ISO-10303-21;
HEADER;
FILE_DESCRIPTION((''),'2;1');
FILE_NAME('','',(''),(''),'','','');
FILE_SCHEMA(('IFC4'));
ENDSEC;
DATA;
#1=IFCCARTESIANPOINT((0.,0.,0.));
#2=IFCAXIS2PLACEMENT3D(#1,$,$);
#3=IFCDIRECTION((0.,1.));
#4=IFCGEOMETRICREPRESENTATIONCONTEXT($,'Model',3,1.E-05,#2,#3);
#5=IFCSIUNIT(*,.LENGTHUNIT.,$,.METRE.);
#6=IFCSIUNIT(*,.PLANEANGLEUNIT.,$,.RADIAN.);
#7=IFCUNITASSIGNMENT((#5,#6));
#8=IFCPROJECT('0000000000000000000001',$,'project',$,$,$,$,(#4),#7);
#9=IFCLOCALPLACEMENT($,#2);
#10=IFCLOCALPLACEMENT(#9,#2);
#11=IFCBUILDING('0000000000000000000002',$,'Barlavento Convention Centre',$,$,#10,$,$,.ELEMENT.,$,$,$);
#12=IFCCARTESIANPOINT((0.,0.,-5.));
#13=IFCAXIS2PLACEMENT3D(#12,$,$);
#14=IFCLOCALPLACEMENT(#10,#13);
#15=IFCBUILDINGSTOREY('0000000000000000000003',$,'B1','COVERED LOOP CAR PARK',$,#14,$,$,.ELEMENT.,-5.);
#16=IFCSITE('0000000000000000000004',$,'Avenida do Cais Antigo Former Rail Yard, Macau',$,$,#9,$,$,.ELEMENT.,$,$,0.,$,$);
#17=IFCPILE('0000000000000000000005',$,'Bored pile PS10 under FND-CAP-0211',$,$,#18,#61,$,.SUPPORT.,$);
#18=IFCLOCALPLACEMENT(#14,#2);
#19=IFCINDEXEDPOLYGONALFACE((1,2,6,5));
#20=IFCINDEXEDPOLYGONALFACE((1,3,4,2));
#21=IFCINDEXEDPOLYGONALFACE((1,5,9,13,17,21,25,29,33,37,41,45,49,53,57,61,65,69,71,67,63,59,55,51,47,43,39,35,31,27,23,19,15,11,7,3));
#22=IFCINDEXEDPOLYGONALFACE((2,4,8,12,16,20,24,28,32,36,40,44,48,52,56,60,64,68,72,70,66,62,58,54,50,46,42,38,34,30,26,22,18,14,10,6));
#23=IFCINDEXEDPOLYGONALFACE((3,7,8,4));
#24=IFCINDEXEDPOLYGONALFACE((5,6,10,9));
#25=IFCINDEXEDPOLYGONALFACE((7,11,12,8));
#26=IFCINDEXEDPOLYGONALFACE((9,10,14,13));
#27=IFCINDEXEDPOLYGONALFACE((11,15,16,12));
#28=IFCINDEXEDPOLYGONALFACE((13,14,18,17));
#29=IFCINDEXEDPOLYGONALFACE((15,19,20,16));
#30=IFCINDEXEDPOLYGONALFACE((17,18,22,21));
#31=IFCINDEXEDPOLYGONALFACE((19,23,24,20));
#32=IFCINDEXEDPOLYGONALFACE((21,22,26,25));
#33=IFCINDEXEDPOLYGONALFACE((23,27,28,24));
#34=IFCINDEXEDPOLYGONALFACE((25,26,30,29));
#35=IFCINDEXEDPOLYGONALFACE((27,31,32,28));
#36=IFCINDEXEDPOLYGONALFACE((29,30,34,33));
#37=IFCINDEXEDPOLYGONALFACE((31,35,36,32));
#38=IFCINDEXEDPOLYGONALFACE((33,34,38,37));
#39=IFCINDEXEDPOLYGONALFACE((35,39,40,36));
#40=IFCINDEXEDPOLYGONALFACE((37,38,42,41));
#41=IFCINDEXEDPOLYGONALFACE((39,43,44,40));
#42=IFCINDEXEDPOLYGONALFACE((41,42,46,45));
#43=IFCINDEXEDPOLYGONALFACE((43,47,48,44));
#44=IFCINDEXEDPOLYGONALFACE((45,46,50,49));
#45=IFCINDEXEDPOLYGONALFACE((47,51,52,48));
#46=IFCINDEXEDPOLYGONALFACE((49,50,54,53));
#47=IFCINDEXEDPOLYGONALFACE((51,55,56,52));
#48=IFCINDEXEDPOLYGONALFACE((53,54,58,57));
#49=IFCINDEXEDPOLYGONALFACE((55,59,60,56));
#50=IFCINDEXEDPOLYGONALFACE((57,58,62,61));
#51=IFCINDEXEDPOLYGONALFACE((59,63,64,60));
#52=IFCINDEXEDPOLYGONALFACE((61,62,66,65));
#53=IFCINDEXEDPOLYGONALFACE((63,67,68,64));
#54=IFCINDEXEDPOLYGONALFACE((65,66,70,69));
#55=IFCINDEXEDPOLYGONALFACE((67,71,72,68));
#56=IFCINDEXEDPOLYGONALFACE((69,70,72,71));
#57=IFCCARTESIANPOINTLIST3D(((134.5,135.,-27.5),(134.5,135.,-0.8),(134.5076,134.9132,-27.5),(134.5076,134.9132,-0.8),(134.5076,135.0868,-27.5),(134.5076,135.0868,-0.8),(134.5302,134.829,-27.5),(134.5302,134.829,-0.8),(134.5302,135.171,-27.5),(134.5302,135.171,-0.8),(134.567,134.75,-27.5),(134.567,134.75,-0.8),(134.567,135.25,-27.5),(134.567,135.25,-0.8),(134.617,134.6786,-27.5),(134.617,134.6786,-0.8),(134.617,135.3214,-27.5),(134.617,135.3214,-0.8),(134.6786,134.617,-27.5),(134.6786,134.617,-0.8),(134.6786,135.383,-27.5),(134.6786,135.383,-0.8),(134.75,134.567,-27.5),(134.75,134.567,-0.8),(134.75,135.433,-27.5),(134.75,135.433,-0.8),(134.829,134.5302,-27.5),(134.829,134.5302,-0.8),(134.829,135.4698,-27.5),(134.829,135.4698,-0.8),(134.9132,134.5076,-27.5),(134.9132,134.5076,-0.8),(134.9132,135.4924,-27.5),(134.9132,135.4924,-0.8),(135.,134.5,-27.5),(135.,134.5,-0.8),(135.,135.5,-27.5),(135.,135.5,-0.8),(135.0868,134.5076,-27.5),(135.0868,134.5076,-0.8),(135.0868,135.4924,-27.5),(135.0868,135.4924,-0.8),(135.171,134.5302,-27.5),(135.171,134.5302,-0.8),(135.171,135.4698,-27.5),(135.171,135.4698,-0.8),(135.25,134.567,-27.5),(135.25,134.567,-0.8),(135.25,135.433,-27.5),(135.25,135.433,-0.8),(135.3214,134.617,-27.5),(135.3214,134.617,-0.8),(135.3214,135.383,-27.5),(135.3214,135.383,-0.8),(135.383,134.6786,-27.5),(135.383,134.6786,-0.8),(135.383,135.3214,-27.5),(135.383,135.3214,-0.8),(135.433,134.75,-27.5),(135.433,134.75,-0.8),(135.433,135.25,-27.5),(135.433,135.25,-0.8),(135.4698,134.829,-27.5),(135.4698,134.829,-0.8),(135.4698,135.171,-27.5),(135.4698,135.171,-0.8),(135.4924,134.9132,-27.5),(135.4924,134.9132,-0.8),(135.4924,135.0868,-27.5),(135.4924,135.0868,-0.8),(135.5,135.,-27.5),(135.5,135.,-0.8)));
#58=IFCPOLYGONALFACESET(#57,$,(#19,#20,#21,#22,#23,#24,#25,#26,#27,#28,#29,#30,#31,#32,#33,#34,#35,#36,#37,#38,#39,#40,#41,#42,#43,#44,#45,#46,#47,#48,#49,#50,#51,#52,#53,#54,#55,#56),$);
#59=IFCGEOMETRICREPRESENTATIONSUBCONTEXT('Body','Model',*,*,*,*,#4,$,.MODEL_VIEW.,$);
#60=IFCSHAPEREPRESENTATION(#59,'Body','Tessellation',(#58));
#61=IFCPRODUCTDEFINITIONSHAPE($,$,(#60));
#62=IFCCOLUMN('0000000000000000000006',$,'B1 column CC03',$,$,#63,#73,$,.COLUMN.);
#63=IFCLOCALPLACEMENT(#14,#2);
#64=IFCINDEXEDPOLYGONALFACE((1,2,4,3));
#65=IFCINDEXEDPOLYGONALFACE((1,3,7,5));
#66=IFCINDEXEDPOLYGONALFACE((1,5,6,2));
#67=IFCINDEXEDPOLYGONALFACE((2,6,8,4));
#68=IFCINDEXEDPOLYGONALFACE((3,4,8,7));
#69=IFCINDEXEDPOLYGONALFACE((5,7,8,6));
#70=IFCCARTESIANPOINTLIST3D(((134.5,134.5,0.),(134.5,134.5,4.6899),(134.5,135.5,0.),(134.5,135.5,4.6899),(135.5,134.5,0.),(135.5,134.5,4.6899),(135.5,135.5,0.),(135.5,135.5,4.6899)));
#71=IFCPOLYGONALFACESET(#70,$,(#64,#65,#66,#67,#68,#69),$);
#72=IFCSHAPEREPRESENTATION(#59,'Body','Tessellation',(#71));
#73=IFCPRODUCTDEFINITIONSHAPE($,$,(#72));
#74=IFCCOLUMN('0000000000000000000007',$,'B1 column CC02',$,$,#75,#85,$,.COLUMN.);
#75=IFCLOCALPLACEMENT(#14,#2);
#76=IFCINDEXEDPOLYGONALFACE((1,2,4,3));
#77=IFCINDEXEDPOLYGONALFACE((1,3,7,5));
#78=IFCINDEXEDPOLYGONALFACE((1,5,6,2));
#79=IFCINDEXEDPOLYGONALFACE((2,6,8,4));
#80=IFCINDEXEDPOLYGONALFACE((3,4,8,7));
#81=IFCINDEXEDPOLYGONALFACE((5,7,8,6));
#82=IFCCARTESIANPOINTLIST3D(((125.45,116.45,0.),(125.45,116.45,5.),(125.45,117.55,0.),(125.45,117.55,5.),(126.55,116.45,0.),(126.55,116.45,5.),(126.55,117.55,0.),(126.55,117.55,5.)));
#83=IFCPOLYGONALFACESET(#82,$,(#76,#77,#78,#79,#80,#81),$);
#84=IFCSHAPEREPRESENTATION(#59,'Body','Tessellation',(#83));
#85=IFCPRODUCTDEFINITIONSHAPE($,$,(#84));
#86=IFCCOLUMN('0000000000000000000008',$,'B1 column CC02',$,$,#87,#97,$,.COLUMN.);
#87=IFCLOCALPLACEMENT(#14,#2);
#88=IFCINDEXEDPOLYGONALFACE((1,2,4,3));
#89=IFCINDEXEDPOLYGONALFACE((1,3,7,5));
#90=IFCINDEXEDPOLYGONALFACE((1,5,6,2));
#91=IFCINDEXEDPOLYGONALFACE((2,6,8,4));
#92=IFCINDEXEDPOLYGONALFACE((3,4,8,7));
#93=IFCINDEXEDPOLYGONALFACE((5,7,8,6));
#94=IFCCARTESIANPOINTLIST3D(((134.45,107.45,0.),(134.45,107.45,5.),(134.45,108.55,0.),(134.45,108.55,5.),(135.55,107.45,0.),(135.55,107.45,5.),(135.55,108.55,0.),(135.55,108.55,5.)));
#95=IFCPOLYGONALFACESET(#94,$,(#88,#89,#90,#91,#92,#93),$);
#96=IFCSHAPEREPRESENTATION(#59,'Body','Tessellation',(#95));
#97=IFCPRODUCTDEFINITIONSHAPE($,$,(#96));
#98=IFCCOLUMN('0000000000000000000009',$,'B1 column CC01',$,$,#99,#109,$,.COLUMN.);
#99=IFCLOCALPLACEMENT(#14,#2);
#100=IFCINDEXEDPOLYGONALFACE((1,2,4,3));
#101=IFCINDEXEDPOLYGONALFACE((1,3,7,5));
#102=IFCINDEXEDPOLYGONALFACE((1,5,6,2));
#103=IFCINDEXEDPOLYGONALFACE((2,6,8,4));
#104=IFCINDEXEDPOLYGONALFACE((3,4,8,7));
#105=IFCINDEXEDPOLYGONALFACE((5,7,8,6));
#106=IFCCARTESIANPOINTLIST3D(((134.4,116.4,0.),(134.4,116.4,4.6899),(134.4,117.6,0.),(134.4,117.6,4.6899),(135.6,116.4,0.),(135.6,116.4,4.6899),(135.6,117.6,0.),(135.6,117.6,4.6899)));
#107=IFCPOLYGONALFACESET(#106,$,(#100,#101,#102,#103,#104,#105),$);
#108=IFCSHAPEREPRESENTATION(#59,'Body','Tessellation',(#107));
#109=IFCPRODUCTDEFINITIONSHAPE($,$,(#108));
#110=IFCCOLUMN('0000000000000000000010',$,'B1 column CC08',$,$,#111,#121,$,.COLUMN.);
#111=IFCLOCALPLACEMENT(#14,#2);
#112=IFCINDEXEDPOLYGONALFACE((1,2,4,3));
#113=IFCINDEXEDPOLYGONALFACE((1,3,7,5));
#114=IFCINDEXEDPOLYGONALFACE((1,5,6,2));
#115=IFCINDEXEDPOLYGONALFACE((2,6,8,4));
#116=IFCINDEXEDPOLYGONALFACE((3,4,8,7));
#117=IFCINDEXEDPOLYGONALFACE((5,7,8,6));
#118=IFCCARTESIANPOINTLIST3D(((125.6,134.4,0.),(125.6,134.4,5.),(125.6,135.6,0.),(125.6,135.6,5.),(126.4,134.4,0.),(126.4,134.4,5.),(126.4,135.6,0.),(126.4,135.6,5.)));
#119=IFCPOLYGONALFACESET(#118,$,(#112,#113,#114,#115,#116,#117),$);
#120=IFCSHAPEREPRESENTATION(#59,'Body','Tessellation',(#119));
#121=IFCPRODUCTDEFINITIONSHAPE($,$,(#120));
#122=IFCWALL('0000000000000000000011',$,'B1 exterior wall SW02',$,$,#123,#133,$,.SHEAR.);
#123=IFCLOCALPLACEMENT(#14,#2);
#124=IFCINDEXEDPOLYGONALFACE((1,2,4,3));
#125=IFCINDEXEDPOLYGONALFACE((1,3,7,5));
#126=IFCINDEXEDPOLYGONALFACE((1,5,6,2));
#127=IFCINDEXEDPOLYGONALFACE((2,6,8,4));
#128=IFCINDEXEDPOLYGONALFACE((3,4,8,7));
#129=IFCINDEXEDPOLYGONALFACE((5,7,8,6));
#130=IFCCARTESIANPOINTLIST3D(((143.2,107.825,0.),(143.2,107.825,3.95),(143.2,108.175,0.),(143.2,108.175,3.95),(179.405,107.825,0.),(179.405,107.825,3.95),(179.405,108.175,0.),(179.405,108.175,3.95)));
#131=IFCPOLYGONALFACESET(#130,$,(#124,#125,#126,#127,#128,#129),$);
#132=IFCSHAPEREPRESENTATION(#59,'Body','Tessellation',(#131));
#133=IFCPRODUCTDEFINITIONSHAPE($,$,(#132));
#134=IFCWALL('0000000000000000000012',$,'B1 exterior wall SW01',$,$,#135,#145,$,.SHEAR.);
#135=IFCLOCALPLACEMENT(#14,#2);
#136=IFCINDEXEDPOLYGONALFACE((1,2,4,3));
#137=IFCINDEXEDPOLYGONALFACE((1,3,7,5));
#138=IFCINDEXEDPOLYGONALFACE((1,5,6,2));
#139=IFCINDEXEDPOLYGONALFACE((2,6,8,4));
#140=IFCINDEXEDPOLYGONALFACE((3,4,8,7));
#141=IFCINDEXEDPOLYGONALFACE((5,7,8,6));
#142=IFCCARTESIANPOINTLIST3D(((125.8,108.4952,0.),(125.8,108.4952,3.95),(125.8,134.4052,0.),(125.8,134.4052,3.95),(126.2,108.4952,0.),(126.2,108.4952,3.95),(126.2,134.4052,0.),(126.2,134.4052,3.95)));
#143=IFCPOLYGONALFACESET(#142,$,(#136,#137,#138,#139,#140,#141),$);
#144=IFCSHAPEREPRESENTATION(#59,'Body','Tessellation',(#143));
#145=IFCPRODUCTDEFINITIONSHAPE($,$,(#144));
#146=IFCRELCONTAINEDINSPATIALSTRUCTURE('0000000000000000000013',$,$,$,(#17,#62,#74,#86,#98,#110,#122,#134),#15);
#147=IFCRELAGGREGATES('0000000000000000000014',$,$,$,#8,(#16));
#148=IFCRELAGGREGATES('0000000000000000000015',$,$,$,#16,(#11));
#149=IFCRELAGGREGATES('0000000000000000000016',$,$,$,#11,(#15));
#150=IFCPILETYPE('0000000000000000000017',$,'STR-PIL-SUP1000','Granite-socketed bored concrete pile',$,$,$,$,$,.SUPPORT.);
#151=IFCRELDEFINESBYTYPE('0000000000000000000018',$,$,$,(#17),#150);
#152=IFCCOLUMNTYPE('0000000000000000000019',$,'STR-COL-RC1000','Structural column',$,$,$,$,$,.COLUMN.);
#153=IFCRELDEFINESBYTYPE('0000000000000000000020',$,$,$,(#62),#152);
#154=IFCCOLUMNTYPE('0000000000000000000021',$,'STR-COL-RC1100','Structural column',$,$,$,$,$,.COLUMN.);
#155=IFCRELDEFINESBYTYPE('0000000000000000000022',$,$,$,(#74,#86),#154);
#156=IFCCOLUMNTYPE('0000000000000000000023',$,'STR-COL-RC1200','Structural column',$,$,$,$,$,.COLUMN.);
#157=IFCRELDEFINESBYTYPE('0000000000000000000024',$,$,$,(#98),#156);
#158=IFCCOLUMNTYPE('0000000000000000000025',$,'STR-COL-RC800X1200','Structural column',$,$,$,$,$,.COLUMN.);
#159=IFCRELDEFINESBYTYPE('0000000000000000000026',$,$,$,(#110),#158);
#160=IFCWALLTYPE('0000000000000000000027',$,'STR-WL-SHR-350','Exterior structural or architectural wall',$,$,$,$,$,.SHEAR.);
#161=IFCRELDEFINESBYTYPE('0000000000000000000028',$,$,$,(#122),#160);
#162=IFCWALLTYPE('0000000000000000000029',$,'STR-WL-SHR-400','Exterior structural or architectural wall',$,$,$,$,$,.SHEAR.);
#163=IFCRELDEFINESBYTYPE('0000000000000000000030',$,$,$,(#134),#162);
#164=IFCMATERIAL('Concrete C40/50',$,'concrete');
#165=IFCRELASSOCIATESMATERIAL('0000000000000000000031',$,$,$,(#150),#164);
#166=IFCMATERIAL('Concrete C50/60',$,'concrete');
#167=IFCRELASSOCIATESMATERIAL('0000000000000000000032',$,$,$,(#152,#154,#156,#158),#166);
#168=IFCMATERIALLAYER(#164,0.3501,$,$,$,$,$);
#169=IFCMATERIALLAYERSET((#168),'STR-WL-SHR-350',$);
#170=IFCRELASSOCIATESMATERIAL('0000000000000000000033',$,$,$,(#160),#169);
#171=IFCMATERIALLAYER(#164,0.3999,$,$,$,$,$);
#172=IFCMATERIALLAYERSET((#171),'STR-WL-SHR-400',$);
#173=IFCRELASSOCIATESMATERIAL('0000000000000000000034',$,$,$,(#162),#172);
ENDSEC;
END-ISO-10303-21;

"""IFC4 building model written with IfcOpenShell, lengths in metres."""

from ifc_helpers import new_model, si_unit, direction, frame, frame_2d, origin, origin_2d, place, context, subcontext, project, spatial, rectangle, circle, extrude, material, layer, layer_set, material_profile, profile_set, type_object, element, save


model = new_model("IFC4")

# Units and contexts
model_context = context("Model", 3, precision=1e-05, world=origin(), true_north=direction((0.0, 1.0)))
body_context = subcontext(model_context, "Body", "Model", "MODEL_VIEW")
ifc_project = project(units=[si_unit("LENGTHUNIT", "METRE"), si_unit("PLANEANGLEUNIT", "RADIAN")], contexts=[model_context])

# Site, building, storey
site_placement = place(None, origin())
site = spatial("IfcSite", under=ifc_project, at=site_placement, Name="Avenida do Cais Antigo Former Rail Yard, Macau", CompositionType="ELEMENT", RefElevation=0.0)
building_placement = place(site_placement, origin())
building = spatial("IfcBuilding", under=site, at=building_placement, Name="Barlavento Convention Centre", CompositionType="ELEMENT")
storey_placement = place(building_placement, frame((0.0, 0.0, -5.0)))
storey = spatial("IfcBuildingStorey", under=building, at=storey_placement, Name="B1", Description="COVERED LOOP CAR PARK", CompositionType="ELEMENT", Elevation=-5.0)

# Shared definitions
ifc_material_1 = material(Name="Concrete C40/50", Category="concrete")

# Pile
ifc_material_profile_1 = material_profile(ifc_material_1, circle(Radius=0.5, at=origin_2d()), Name="BORED PILE 1000")
ifc_profile_set_1 = profile_set([ifc_material_profile_1], Name="Concrete C40/50")
pile_type_1 = type_object("IfcPileType", Name="STR-PIL-SUP1000", Description="Granite-socketed bored concrete pile", PredefinedType="SUPPORT", material=ifc_profile_set_1)
for number, where, z_axis, x_axis, name in (
    (1, (135.0, 135.0, -0.8), (0.0, 0.0, -1.0), (1.0, 0.0, 0.0), "Bored pile PS10 under FND-CAP-0211"),
):
    element("IfcPile", number, at=place(storey_placement, frame(where, z_axis=z_axis, x_axis=x_axis)), inside=storey, type_object=pile_type_1, Name=name, PredefinedType="SUPPORT", context=body_context, shape_type="SweptSolid", body=[
        extrude(circle(Radius=0.5, at=origin_2d()), origin(), (0.0, 0.0, 1.0), 26.7),
    ])

# Columns
ifc_material_2 = material(Name="Concrete C50/60", Category="concrete")
ifc_material_profile_2 = material_profile(ifc_material_2, rectangle(XDim=1.0, YDim=1.0, at=origin_2d()), Name="RC 1000x1000")
ifc_profile_set_2 = profile_set([ifc_material_profile_2], Name="Concrete C50/60")
column_type_1 = type_object("IfcColumnType", Name="STR-COL-RC1000", Description="Structural column", PredefinedType="COLUMN", material=ifc_profile_set_2)
column_1_placement = place(storey_placement, frame((135.0, 135.0, 0.0), z_axis=(0.0, 0.0, 1.0), x_axis=(1.0, 0.0, 0.0)))
element("IfcColumn", 2, at=column_1_placement, inside=storey, type_object=column_type_1, Name="B1 column CC03", PredefinedType="COLUMN", context=body_context, shape_type="SweptSolid", body=[
    extrude(rectangle(XDim=1.0, YDim=1.0, at=origin_2d()), origin(), (0.0, 0.0, 1.0), 4.6899),
])
ifc_material_profile_3 = material_profile(ifc_material_2, rectangle(XDim=1.1001, YDim=1.1001, at=origin_2d()), Name="RC 1100x1100")
ifc_profile_set_3 = profile_set([ifc_material_profile_3], Name="Concrete C50/60")
column_type_2 = type_object("IfcColumnType", Name="STR-COL-RC1100", Description="Structural column", PredefinedType="COLUMN", material=ifc_profile_set_3)
for number, where, z_axis, x_axis, name in (
    (3, (126.0, 117.0, 0.0), (0.0, 0.0, 1.0), (1.0, 0.0, 0.0), "B1 column CC02"),
    (4, (135.0, 108.0, 0.0), (0.0, 0.0, 1.0), (1.0, 0.0, 0.0), "B1 column CC02"),
):
    element("IfcColumn", number, at=place(storey_placement, frame(where, z_axis=z_axis, x_axis=x_axis)), inside=storey, type_object=column_type_2, Name=name, PredefinedType="COLUMN", context=body_context, shape_type="SweptSolid", body=[
        extrude(rectangle(XDim=1.1001, YDim=1.1001, at=origin_2d()), origin(), (0.0, 0.0, 1.0), 5.0),
    ])
ifc_material_profile_4 = material_profile(ifc_material_2, rectangle(XDim=1.2, YDim=1.2, at=origin_2d()), Name="RC 1200x1200")
ifc_profile_set_4 = profile_set([ifc_material_profile_4], Name="Concrete C50/60")
column_type_3 = type_object("IfcColumnType", Name="STR-COL-RC1200", Description="Structural column", PredefinedType="COLUMN", material=ifc_profile_set_4)
column_2_placement = place(storey_placement, frame((135.0, 117.0, 0.0), z_axis=(0.0, 0.0, 1.0), x_axis=(1.0, 0.0, 0.0)))
element("IfcColumn", 5, at=column_2_placement, inside=storey, type_object=column_type_3, Name="B1 column CC01", PredefinedType="COLUMN", context=body_context, shape_type="SweptSolid", body=[
    extrude(rectangle(XDim=1.2, YDim=1.2, at=origin_2d()), origin(), (0.0, 0.0, 1.0), 4.6899),
])
ifc_material_profile_5 = material_profile(ifc_material_2, rectangle(XDim=0.8, YDim=1.2, at=origin_2d()), Name="RC 800x1200")
ifc_profile_set_5 = profile_set([ifc_material_profile_5], Name="Concrete C50/60")
column_type_4 = type_object("IfcColumnType", Name="STR-COL-RC800X1200", Description="Structural column", PredefinedType="COLUMN", material=ifc_profile_set_5)
column_3_placement = place(storey_placement, frame((126.0, 135.0, 0.0), z_axis=(0.0, 0.0, 1.0), x_axis=(1.0, 0.0, 0.0)))
element("IfcColumn", 6, at=column_3_placement, inside=storey, type_object=column_type_4, Name="B1 column CC08", PredefinedType="COLUMN", context=body_context, shape_type="SweptSolid", body=[
    extrude(rectangle(XDim=0.8, YDim=1.2, at=origin_2d()), origin(), (0.0, 0.0, 1.0), 5.0),
])

# Walls
ifc_layer_1 = layer(ifc_material_1, 0.3501)
ifc_layer_set_1 = layer_set([ifc_layer_1], Name="STR-WL-SHR-350")
wall_type_1 = type_object("IfcWallType", Name="STR-WL-SHR-350", Description="Exterior structural or architectural wall", PredefinedType="SHEAR", material=ifc_layer_set_1)
wall_1_placement = place(storey_placement, frame((143.2, 108.0, 0.0), z_axis=(0.0, 0.0, 1.0), x_axis=(1.0, 0.0, 0.0)))
element("IfcWall", 7, at=wall_1_placement, inside=storey, type_object=wall_type_1, Name="B1 exterior wall SW02", PredefinedType="SHEAR", context=body_context, shape_type="SweptSolid", body=[
    extrude(rectangle(XDim=36.2051, YDim=0.3501, at=frame_2d((18.1025, 0.0))), origin(), (0.0, 0.0, 1.0), 3.95),
])
ifc_layer_2 = layer(ifc_material_1, 0.3999)
ifc_layer_set_2 = layer_set([ifc_layer_2], Name="STR-WL-SHR-400")
wall_type_2 = type_object("IfcWallType", Name="STR-WL-SHR-400", Description="Exterior structural or architectural wall", PredefinedType="SHEAR", material=ifc_layer_set_2)
wall_2_placement = place(storey_placement, frame((126.0, 108.4951, 0.0), z_axis=(0.0, 0.0, 1.0), x_axis=(0.0, 1.0, 0.0)))
element("IfcWall", 8, at=wall_2_placement, inside=storey, type_object=wall_type_2, Name="B1 exterior wall SW01", PredefinedType="SHEAR", context=body_context, shape_type="SweptSolid", body=[
    extrude(rectangle(XDim=25.9099, YDim=0.3999, at=frame_2d((12.9551, 0.0))), origin(), (0.0, 0.0, 1.0), 3.95),
])

save(model, "model.ifc")
